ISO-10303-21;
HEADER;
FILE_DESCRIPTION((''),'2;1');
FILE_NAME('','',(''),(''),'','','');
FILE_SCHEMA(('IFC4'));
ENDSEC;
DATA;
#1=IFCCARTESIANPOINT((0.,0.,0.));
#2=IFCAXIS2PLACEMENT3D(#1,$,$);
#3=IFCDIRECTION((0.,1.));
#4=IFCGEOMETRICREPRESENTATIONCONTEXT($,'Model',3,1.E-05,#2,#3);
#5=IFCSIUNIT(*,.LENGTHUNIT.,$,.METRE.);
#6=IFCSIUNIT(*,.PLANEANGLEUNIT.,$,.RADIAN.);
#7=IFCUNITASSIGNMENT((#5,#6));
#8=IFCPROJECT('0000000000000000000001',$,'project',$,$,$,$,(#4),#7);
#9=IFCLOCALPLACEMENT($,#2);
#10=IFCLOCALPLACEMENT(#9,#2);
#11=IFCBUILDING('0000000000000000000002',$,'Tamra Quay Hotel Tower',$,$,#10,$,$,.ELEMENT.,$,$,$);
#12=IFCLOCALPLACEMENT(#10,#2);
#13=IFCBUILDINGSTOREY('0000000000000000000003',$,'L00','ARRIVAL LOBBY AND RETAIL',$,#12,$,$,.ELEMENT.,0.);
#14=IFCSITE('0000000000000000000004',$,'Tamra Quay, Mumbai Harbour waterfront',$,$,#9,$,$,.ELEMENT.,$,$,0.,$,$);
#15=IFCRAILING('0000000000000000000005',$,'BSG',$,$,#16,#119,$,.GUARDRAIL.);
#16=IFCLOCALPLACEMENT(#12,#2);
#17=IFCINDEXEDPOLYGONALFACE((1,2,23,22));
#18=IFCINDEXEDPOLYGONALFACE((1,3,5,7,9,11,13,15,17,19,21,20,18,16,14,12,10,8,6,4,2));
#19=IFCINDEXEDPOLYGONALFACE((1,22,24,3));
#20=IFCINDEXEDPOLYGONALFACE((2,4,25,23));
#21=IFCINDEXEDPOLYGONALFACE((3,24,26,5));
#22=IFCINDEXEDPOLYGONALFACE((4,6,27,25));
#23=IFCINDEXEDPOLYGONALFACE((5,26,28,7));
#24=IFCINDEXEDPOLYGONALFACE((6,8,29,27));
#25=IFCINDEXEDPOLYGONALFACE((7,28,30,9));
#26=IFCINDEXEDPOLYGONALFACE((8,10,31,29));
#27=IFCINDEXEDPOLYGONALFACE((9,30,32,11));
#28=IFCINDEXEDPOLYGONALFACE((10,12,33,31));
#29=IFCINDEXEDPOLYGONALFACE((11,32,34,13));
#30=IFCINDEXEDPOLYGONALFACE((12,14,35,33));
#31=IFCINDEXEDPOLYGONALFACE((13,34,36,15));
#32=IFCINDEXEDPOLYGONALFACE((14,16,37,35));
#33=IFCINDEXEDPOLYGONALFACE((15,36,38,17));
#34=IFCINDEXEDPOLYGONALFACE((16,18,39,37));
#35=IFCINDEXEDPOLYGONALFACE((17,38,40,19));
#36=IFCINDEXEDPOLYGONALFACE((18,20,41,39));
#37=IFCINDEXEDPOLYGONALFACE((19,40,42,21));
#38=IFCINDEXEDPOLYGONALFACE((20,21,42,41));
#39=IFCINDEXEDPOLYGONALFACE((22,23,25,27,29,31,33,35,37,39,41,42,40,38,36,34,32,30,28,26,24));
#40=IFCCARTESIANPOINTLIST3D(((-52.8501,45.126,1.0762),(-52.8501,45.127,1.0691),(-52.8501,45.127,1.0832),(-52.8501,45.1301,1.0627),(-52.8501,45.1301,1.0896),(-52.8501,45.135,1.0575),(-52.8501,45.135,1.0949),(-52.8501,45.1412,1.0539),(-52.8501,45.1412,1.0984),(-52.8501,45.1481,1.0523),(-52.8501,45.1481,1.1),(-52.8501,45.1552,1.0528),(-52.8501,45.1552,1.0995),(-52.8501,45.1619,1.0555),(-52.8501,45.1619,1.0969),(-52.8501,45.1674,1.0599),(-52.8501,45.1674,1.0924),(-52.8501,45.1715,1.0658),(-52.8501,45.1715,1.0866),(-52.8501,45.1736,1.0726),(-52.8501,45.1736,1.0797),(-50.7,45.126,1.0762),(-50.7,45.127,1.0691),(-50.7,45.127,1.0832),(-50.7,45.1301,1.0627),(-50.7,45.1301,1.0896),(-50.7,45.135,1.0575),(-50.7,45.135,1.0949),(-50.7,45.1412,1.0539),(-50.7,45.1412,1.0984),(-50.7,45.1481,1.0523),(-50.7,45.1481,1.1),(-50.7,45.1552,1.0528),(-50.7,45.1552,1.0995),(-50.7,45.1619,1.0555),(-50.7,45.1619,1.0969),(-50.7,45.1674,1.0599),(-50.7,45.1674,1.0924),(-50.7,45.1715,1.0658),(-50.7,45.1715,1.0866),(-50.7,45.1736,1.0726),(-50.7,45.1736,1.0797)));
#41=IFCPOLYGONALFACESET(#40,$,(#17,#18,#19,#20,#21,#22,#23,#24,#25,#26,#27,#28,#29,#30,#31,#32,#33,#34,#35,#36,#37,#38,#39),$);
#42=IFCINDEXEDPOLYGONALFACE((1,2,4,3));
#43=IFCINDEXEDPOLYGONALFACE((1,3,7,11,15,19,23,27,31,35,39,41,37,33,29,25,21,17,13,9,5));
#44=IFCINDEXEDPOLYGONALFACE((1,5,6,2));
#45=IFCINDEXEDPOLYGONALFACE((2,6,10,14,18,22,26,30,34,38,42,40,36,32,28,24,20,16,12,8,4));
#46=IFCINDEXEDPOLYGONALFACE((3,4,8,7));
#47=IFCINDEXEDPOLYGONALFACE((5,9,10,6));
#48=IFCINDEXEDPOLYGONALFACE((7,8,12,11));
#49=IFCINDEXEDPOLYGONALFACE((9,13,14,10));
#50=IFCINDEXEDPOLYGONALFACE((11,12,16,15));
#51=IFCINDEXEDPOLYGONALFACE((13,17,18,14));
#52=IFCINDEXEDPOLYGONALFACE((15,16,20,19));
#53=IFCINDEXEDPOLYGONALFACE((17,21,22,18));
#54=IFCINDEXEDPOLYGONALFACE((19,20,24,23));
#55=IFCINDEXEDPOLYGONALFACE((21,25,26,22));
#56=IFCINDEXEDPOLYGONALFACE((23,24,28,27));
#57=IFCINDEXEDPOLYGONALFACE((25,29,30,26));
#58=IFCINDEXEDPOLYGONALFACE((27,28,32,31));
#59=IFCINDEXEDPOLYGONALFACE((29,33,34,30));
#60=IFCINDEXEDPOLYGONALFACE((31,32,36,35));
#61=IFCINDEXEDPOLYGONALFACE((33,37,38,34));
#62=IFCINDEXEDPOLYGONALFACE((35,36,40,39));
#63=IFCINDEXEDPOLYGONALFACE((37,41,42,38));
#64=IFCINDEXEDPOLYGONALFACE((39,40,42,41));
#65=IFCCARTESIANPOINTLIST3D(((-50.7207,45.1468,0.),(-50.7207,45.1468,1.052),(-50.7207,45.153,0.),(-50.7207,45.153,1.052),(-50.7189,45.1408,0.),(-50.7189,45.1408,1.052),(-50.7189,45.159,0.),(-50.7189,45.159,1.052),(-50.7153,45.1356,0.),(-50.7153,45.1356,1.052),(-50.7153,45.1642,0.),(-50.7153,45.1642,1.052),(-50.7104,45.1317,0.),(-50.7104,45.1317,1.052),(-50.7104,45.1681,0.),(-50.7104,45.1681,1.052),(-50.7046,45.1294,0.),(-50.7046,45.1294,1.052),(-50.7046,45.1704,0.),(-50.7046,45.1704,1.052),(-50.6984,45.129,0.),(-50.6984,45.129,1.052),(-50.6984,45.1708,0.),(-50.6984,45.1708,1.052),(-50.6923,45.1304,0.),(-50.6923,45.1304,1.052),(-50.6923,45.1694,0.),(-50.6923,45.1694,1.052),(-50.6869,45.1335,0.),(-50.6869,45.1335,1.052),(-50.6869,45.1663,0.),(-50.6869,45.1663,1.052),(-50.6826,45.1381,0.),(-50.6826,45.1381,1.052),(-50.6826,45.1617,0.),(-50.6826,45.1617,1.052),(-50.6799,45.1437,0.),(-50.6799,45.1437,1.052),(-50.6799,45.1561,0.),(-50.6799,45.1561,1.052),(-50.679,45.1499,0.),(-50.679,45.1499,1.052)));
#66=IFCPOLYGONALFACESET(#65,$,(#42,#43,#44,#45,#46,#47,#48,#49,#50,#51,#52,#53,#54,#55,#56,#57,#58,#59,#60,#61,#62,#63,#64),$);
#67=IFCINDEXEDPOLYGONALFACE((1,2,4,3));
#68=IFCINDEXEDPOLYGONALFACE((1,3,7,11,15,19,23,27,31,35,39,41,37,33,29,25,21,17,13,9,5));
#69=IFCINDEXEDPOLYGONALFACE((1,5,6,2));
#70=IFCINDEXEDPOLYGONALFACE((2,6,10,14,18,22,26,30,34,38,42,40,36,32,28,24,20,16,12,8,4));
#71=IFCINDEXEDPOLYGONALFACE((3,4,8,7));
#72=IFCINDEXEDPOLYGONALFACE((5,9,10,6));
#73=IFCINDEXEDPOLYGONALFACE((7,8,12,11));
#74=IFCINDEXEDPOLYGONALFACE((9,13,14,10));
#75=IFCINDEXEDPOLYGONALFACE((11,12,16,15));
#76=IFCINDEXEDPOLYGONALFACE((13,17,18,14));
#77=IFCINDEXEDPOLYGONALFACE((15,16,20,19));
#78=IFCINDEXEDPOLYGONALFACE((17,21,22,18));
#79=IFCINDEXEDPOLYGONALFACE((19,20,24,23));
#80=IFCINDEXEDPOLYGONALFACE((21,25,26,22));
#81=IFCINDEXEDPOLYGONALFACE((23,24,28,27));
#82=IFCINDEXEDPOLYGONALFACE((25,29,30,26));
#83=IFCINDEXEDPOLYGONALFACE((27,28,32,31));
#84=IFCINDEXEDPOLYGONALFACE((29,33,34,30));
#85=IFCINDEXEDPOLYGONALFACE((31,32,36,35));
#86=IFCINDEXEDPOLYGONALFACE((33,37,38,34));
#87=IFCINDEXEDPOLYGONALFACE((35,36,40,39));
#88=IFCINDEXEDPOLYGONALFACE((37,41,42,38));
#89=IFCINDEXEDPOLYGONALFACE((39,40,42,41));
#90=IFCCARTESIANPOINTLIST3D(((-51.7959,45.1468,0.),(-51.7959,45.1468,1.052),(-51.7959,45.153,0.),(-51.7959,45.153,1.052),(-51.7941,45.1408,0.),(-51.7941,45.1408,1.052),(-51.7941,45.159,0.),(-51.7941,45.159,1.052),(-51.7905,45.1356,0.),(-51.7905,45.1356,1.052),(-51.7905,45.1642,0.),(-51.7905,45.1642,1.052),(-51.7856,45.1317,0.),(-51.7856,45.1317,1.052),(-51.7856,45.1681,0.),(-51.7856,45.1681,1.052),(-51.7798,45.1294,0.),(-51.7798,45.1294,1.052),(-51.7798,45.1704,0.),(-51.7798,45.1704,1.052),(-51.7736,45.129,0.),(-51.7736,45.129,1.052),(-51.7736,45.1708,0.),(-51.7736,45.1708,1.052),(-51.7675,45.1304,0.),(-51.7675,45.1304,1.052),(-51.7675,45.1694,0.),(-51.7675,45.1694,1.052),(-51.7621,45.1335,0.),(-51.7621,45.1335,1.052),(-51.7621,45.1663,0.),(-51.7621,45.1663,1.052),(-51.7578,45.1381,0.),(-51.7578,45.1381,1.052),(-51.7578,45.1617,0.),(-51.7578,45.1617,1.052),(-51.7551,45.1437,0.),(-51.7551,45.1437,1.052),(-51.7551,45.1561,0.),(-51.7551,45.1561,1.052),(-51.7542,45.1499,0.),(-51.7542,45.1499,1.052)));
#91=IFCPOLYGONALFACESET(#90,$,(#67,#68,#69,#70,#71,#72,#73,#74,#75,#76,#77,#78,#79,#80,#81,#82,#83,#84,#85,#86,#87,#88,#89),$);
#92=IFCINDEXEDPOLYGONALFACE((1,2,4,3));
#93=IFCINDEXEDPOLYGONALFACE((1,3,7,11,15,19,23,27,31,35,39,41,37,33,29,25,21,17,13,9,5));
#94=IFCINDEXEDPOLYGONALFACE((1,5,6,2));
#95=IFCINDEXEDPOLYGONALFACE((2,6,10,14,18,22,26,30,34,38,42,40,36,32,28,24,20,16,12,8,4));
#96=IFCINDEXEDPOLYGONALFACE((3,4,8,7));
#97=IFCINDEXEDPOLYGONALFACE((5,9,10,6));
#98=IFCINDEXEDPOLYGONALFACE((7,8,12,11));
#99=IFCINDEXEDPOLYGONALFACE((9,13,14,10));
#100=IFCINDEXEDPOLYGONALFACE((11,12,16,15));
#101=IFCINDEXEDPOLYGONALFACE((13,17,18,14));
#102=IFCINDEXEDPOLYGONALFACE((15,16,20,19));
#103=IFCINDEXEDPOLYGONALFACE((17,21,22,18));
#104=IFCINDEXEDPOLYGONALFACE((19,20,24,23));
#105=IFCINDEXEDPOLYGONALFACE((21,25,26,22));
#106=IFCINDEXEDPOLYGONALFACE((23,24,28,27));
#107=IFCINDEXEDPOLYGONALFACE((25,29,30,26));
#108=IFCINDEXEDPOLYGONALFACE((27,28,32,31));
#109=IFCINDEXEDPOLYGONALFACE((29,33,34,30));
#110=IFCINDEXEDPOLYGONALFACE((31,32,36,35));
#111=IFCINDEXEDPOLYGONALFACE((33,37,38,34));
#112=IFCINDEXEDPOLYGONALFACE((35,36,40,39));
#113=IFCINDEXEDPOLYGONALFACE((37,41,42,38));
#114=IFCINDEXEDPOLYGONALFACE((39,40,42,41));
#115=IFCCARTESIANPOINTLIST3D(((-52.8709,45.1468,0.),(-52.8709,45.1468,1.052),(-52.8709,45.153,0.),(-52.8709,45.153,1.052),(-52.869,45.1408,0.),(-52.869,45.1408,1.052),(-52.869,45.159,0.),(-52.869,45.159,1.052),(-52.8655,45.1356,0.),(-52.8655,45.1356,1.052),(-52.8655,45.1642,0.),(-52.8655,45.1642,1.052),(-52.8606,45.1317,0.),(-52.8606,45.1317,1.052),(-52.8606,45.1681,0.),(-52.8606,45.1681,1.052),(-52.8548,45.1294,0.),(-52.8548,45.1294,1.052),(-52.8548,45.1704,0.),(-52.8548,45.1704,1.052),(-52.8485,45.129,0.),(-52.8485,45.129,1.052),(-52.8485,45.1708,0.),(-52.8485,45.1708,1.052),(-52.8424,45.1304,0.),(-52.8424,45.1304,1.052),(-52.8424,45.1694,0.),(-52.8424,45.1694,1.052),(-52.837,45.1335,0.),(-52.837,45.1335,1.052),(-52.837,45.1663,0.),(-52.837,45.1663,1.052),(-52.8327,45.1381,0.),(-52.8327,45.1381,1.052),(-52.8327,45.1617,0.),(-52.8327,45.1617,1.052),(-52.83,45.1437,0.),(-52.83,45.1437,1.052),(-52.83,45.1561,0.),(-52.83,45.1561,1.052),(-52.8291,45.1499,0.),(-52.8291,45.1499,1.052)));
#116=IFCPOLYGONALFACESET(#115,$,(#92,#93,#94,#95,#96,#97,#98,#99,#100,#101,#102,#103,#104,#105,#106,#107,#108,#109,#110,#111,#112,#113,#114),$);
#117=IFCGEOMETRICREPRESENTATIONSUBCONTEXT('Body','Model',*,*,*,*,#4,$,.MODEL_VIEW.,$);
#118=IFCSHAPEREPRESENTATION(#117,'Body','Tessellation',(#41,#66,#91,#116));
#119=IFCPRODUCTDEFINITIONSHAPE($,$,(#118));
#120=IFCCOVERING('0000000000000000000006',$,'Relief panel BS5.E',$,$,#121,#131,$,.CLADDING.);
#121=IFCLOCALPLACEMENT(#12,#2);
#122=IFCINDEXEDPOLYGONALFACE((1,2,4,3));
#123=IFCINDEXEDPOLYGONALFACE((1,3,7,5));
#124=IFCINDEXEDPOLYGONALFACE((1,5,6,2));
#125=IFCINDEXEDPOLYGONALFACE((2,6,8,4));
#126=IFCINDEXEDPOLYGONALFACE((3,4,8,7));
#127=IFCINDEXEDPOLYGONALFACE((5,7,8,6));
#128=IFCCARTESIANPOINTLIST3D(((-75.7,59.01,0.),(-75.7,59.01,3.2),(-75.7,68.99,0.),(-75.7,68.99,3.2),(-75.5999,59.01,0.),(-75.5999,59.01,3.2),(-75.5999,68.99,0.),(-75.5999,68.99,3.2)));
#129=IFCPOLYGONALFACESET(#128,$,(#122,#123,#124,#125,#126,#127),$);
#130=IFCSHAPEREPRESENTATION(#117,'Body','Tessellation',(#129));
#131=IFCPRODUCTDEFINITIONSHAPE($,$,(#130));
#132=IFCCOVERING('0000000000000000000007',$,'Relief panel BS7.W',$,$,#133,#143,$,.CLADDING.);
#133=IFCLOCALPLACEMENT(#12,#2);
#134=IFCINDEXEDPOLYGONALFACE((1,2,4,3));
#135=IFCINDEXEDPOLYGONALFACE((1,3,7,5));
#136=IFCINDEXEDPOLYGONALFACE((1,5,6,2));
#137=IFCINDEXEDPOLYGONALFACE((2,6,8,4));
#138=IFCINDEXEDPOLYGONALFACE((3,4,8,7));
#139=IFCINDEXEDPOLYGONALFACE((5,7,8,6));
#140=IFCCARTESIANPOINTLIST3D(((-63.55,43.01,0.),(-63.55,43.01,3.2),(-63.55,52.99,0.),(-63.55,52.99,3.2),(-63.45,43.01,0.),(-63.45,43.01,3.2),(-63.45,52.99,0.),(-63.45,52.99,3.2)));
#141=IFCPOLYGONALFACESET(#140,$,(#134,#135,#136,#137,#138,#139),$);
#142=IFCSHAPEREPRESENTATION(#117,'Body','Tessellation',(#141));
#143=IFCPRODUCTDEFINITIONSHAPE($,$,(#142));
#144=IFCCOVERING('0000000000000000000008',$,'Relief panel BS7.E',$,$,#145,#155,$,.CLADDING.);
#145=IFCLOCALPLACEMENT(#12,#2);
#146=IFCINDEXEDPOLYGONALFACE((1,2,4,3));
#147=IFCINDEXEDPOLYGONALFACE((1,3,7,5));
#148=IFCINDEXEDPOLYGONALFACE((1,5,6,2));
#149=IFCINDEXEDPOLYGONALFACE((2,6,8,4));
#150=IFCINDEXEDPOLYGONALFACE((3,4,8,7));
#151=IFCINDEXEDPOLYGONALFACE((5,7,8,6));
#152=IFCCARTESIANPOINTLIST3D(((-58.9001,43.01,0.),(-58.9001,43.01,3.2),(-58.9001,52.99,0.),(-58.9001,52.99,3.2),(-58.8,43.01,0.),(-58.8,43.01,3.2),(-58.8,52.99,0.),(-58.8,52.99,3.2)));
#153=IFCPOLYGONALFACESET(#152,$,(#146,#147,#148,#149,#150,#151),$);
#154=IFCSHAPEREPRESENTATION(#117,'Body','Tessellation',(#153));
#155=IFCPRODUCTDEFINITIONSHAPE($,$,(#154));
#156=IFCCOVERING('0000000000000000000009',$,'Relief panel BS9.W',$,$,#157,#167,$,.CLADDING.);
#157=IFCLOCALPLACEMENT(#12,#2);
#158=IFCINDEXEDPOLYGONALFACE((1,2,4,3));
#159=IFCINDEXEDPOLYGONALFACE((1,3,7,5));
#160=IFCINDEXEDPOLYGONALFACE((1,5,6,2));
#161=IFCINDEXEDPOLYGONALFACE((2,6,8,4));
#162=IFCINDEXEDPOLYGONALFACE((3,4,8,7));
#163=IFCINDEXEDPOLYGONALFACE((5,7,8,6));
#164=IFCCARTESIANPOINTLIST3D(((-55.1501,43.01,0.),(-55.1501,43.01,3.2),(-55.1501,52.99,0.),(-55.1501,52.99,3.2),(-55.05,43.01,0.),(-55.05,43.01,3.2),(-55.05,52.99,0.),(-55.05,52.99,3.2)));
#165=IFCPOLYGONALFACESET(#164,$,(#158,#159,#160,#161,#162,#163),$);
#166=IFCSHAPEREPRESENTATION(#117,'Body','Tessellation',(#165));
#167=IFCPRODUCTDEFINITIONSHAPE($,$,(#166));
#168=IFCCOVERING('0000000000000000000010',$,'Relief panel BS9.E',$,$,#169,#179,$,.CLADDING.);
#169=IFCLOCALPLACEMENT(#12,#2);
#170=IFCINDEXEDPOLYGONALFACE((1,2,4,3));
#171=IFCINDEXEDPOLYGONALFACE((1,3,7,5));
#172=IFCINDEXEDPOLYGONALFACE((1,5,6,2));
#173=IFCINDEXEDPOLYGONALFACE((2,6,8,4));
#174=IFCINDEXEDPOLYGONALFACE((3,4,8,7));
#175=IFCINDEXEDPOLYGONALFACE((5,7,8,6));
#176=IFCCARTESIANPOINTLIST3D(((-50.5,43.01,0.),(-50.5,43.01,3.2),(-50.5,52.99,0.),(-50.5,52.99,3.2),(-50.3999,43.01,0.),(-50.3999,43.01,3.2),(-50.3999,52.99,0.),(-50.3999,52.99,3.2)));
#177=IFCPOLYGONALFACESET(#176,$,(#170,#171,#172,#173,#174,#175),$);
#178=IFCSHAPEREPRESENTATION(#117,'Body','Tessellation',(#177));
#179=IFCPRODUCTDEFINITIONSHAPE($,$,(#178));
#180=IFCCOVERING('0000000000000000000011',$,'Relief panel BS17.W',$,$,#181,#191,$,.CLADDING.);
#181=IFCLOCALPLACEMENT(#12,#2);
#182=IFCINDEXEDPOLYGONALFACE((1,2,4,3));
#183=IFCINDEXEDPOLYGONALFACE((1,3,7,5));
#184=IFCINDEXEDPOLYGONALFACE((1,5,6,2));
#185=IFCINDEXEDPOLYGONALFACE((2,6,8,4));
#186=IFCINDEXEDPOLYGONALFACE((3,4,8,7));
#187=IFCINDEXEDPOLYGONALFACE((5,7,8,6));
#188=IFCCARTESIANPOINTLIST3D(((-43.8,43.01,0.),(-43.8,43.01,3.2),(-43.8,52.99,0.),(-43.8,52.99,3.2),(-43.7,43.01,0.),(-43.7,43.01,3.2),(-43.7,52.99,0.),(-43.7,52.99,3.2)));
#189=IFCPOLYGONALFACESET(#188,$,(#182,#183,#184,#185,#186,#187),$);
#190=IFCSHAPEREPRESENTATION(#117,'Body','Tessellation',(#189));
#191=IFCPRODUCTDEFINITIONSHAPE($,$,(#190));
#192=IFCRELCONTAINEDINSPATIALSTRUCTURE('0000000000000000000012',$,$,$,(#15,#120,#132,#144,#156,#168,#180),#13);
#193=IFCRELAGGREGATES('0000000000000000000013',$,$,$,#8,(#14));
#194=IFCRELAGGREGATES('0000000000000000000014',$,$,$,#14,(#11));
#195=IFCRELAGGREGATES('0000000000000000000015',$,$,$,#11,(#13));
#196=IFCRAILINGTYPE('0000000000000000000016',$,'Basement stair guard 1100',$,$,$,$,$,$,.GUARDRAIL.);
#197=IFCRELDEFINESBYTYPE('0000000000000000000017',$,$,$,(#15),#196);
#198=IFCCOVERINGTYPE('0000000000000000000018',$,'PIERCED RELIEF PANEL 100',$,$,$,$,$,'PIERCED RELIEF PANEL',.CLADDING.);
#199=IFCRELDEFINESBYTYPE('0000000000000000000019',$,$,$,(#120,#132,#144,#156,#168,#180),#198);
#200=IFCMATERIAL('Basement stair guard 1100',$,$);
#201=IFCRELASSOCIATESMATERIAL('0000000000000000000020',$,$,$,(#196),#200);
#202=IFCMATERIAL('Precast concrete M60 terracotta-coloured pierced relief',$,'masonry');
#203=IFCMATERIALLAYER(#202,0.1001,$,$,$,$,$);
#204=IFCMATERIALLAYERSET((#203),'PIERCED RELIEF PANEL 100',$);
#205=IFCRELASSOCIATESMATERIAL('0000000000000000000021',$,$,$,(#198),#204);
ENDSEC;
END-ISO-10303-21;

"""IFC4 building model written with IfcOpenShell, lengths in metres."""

from ifc_helpers import new_model, si_unit, direction, frame, origin, origin_2d, place, context, subcontext, project, spatial, rectangle, circle, extrude, material, layer, layer_set, type_object, element, save


model = new_model("IFC4")

# Units and contexts
model_context = context("Model", 3, precision=1e-05, world=origin(), true_north=direction((0.0, 1.0)))
body_context = subcontext(model_context, "Body", "Model", "MODEL_VIEW")
ifc_project = project(units=[si_unit("LENGTHUNIT", "METRE"), si_unit("PLANEANGLEUNIT", "RADIAN")], contexts=[model_context])

# Site, building, storey
site_placement = place(None, origin())
site = spatial("IfcSite", under=ifc_project, at=site_placement, Name="Tamra Quay, Mumbai Harbour waterfront", CompositionType="ELEMENT", RefElevation=0.0)
building_placement = place(site_placement, origin())
building = spatial("IfcBuilding", under=site, at=building_placement, Name="Tamra Quay Hotel Tower", CompositionType="ELEMENT")
storey_placement = place(building_placement, origin())
storey = spatial("IfcBuildingStorey", under=building, at=storey_placement, Name="L00", Description="ARRIVAL LOBBY AND RETAIL", CompositionType="ELEMENT", Elevation=0.0)

# Railing
ifc_material_1 = material(Name="Basement stair guard 1100")
railing_type = type_object("IfcRailingType", Name="Basement stair guard 1100", PredefinedType="GUARDRAIL", material=ifc_material_1)
railing_1_placement = place(storey_placement, frame((-50.7, 45.1499, 0.0)))
element("IfcRailing", 1, at=railing_1_placement, inside=storey, type_object=railing_type, Name="BSG", PredefinedType="GUARDRAIL", context=body_context, shape_type="SweptSolid", body=[
    extrude(circle(Radius=0.0239, at=origin_2d()), frame((0.0, 0.0, 1.0762), z_axis=(-1.0, 0.0, 0.0), x_axis=(0.0, -1.0, 0.0)), (0.0, 0.0, 1.0), 2.1501),
    extrude(circle(Radius=0.021, at=origin_2d()), origin(), (0.0, 0.0, 1.0), 1.052),
    extrude(circle(Radius=0.021, at=origin_2d()), frame((-1.0752, 0.0, 0.0)), (0.0, 0.0, 1.0), 1.052),
    extrude(circle(Radius=0.021, at=origin_2d()), frame((-2.1501, 0.0, 0.0)), (0.0, 0.0, 1.0), 1.052),
])

# Coverings
ifc_material_2 = material(Name="Precast concrete M60 terracotta-coloured pierced relief", Category="masonry")
ifc_layer_1 = layer(ifc_material_2, 0.1001)
ifc_layer_set_1 = layer_set([ifc_layer_1], Name="PIERCED RELIEF PANEL 100")
covering_type_1 = type_object("IfcCoveringType", Name="PIERCED RELIEF PANEL 100", ElementType="PIERCED RELIEF PANEL", PredefinedType="CLADDING", material=ifc_layer_set_1)
for number, where, z_axis, x_axis, name in (
    (2, (-75.6499, 64.0, 0.0), (0.0, 0.0, 1.0), (0.0, 1.0, 0.0), "Relief panel BS5.E"),
    (3, (-63.5, 48.0, 0.0), (0.0, 0.0, 1.0), (0.0, -1.0, 0.0), "Relief panel BS7.W"),
    (4, (-58.8501, 48.0, 0.0), (0.0, 0.0, 1.0), (0.0, 1.0, 0.0), "Relief panel BS7.E"),
    (5, (-55.1001, 48.0, 0.0), (0.0, 0.0, 1.0), (0.0, -1.0, 0.0), "Relief panel BS9.W"),
    (6, (-50.45, 48.0, 0.0), (0.0, 0.0, 1.0), (0.0, 1.0, 0.0), "Relief panel BS9.E"),
    (7, (-43.75, 48.0, 0.0), (0.0, 0.0, 1.0), (0.0, -1.0, 0.0), "Relief panel BS17.W"),
):
    element("IfcCovering", number, at=place(storey_placement, frame(where, z_axis=z_axis, x_axis=x_axis)), inside=storey, type_object=covering_type_1, Name=name, PredefinedType="CLADDING", context=body_context, shape_type="SweptSolid", body=[
        extrude(rectangle(XDim=9.98, YDim=0.1001, at=origin_2d()), origin(), (0.0, 0.0, 1.0), 3.2),
    ])

save(model, "model.ifc")
